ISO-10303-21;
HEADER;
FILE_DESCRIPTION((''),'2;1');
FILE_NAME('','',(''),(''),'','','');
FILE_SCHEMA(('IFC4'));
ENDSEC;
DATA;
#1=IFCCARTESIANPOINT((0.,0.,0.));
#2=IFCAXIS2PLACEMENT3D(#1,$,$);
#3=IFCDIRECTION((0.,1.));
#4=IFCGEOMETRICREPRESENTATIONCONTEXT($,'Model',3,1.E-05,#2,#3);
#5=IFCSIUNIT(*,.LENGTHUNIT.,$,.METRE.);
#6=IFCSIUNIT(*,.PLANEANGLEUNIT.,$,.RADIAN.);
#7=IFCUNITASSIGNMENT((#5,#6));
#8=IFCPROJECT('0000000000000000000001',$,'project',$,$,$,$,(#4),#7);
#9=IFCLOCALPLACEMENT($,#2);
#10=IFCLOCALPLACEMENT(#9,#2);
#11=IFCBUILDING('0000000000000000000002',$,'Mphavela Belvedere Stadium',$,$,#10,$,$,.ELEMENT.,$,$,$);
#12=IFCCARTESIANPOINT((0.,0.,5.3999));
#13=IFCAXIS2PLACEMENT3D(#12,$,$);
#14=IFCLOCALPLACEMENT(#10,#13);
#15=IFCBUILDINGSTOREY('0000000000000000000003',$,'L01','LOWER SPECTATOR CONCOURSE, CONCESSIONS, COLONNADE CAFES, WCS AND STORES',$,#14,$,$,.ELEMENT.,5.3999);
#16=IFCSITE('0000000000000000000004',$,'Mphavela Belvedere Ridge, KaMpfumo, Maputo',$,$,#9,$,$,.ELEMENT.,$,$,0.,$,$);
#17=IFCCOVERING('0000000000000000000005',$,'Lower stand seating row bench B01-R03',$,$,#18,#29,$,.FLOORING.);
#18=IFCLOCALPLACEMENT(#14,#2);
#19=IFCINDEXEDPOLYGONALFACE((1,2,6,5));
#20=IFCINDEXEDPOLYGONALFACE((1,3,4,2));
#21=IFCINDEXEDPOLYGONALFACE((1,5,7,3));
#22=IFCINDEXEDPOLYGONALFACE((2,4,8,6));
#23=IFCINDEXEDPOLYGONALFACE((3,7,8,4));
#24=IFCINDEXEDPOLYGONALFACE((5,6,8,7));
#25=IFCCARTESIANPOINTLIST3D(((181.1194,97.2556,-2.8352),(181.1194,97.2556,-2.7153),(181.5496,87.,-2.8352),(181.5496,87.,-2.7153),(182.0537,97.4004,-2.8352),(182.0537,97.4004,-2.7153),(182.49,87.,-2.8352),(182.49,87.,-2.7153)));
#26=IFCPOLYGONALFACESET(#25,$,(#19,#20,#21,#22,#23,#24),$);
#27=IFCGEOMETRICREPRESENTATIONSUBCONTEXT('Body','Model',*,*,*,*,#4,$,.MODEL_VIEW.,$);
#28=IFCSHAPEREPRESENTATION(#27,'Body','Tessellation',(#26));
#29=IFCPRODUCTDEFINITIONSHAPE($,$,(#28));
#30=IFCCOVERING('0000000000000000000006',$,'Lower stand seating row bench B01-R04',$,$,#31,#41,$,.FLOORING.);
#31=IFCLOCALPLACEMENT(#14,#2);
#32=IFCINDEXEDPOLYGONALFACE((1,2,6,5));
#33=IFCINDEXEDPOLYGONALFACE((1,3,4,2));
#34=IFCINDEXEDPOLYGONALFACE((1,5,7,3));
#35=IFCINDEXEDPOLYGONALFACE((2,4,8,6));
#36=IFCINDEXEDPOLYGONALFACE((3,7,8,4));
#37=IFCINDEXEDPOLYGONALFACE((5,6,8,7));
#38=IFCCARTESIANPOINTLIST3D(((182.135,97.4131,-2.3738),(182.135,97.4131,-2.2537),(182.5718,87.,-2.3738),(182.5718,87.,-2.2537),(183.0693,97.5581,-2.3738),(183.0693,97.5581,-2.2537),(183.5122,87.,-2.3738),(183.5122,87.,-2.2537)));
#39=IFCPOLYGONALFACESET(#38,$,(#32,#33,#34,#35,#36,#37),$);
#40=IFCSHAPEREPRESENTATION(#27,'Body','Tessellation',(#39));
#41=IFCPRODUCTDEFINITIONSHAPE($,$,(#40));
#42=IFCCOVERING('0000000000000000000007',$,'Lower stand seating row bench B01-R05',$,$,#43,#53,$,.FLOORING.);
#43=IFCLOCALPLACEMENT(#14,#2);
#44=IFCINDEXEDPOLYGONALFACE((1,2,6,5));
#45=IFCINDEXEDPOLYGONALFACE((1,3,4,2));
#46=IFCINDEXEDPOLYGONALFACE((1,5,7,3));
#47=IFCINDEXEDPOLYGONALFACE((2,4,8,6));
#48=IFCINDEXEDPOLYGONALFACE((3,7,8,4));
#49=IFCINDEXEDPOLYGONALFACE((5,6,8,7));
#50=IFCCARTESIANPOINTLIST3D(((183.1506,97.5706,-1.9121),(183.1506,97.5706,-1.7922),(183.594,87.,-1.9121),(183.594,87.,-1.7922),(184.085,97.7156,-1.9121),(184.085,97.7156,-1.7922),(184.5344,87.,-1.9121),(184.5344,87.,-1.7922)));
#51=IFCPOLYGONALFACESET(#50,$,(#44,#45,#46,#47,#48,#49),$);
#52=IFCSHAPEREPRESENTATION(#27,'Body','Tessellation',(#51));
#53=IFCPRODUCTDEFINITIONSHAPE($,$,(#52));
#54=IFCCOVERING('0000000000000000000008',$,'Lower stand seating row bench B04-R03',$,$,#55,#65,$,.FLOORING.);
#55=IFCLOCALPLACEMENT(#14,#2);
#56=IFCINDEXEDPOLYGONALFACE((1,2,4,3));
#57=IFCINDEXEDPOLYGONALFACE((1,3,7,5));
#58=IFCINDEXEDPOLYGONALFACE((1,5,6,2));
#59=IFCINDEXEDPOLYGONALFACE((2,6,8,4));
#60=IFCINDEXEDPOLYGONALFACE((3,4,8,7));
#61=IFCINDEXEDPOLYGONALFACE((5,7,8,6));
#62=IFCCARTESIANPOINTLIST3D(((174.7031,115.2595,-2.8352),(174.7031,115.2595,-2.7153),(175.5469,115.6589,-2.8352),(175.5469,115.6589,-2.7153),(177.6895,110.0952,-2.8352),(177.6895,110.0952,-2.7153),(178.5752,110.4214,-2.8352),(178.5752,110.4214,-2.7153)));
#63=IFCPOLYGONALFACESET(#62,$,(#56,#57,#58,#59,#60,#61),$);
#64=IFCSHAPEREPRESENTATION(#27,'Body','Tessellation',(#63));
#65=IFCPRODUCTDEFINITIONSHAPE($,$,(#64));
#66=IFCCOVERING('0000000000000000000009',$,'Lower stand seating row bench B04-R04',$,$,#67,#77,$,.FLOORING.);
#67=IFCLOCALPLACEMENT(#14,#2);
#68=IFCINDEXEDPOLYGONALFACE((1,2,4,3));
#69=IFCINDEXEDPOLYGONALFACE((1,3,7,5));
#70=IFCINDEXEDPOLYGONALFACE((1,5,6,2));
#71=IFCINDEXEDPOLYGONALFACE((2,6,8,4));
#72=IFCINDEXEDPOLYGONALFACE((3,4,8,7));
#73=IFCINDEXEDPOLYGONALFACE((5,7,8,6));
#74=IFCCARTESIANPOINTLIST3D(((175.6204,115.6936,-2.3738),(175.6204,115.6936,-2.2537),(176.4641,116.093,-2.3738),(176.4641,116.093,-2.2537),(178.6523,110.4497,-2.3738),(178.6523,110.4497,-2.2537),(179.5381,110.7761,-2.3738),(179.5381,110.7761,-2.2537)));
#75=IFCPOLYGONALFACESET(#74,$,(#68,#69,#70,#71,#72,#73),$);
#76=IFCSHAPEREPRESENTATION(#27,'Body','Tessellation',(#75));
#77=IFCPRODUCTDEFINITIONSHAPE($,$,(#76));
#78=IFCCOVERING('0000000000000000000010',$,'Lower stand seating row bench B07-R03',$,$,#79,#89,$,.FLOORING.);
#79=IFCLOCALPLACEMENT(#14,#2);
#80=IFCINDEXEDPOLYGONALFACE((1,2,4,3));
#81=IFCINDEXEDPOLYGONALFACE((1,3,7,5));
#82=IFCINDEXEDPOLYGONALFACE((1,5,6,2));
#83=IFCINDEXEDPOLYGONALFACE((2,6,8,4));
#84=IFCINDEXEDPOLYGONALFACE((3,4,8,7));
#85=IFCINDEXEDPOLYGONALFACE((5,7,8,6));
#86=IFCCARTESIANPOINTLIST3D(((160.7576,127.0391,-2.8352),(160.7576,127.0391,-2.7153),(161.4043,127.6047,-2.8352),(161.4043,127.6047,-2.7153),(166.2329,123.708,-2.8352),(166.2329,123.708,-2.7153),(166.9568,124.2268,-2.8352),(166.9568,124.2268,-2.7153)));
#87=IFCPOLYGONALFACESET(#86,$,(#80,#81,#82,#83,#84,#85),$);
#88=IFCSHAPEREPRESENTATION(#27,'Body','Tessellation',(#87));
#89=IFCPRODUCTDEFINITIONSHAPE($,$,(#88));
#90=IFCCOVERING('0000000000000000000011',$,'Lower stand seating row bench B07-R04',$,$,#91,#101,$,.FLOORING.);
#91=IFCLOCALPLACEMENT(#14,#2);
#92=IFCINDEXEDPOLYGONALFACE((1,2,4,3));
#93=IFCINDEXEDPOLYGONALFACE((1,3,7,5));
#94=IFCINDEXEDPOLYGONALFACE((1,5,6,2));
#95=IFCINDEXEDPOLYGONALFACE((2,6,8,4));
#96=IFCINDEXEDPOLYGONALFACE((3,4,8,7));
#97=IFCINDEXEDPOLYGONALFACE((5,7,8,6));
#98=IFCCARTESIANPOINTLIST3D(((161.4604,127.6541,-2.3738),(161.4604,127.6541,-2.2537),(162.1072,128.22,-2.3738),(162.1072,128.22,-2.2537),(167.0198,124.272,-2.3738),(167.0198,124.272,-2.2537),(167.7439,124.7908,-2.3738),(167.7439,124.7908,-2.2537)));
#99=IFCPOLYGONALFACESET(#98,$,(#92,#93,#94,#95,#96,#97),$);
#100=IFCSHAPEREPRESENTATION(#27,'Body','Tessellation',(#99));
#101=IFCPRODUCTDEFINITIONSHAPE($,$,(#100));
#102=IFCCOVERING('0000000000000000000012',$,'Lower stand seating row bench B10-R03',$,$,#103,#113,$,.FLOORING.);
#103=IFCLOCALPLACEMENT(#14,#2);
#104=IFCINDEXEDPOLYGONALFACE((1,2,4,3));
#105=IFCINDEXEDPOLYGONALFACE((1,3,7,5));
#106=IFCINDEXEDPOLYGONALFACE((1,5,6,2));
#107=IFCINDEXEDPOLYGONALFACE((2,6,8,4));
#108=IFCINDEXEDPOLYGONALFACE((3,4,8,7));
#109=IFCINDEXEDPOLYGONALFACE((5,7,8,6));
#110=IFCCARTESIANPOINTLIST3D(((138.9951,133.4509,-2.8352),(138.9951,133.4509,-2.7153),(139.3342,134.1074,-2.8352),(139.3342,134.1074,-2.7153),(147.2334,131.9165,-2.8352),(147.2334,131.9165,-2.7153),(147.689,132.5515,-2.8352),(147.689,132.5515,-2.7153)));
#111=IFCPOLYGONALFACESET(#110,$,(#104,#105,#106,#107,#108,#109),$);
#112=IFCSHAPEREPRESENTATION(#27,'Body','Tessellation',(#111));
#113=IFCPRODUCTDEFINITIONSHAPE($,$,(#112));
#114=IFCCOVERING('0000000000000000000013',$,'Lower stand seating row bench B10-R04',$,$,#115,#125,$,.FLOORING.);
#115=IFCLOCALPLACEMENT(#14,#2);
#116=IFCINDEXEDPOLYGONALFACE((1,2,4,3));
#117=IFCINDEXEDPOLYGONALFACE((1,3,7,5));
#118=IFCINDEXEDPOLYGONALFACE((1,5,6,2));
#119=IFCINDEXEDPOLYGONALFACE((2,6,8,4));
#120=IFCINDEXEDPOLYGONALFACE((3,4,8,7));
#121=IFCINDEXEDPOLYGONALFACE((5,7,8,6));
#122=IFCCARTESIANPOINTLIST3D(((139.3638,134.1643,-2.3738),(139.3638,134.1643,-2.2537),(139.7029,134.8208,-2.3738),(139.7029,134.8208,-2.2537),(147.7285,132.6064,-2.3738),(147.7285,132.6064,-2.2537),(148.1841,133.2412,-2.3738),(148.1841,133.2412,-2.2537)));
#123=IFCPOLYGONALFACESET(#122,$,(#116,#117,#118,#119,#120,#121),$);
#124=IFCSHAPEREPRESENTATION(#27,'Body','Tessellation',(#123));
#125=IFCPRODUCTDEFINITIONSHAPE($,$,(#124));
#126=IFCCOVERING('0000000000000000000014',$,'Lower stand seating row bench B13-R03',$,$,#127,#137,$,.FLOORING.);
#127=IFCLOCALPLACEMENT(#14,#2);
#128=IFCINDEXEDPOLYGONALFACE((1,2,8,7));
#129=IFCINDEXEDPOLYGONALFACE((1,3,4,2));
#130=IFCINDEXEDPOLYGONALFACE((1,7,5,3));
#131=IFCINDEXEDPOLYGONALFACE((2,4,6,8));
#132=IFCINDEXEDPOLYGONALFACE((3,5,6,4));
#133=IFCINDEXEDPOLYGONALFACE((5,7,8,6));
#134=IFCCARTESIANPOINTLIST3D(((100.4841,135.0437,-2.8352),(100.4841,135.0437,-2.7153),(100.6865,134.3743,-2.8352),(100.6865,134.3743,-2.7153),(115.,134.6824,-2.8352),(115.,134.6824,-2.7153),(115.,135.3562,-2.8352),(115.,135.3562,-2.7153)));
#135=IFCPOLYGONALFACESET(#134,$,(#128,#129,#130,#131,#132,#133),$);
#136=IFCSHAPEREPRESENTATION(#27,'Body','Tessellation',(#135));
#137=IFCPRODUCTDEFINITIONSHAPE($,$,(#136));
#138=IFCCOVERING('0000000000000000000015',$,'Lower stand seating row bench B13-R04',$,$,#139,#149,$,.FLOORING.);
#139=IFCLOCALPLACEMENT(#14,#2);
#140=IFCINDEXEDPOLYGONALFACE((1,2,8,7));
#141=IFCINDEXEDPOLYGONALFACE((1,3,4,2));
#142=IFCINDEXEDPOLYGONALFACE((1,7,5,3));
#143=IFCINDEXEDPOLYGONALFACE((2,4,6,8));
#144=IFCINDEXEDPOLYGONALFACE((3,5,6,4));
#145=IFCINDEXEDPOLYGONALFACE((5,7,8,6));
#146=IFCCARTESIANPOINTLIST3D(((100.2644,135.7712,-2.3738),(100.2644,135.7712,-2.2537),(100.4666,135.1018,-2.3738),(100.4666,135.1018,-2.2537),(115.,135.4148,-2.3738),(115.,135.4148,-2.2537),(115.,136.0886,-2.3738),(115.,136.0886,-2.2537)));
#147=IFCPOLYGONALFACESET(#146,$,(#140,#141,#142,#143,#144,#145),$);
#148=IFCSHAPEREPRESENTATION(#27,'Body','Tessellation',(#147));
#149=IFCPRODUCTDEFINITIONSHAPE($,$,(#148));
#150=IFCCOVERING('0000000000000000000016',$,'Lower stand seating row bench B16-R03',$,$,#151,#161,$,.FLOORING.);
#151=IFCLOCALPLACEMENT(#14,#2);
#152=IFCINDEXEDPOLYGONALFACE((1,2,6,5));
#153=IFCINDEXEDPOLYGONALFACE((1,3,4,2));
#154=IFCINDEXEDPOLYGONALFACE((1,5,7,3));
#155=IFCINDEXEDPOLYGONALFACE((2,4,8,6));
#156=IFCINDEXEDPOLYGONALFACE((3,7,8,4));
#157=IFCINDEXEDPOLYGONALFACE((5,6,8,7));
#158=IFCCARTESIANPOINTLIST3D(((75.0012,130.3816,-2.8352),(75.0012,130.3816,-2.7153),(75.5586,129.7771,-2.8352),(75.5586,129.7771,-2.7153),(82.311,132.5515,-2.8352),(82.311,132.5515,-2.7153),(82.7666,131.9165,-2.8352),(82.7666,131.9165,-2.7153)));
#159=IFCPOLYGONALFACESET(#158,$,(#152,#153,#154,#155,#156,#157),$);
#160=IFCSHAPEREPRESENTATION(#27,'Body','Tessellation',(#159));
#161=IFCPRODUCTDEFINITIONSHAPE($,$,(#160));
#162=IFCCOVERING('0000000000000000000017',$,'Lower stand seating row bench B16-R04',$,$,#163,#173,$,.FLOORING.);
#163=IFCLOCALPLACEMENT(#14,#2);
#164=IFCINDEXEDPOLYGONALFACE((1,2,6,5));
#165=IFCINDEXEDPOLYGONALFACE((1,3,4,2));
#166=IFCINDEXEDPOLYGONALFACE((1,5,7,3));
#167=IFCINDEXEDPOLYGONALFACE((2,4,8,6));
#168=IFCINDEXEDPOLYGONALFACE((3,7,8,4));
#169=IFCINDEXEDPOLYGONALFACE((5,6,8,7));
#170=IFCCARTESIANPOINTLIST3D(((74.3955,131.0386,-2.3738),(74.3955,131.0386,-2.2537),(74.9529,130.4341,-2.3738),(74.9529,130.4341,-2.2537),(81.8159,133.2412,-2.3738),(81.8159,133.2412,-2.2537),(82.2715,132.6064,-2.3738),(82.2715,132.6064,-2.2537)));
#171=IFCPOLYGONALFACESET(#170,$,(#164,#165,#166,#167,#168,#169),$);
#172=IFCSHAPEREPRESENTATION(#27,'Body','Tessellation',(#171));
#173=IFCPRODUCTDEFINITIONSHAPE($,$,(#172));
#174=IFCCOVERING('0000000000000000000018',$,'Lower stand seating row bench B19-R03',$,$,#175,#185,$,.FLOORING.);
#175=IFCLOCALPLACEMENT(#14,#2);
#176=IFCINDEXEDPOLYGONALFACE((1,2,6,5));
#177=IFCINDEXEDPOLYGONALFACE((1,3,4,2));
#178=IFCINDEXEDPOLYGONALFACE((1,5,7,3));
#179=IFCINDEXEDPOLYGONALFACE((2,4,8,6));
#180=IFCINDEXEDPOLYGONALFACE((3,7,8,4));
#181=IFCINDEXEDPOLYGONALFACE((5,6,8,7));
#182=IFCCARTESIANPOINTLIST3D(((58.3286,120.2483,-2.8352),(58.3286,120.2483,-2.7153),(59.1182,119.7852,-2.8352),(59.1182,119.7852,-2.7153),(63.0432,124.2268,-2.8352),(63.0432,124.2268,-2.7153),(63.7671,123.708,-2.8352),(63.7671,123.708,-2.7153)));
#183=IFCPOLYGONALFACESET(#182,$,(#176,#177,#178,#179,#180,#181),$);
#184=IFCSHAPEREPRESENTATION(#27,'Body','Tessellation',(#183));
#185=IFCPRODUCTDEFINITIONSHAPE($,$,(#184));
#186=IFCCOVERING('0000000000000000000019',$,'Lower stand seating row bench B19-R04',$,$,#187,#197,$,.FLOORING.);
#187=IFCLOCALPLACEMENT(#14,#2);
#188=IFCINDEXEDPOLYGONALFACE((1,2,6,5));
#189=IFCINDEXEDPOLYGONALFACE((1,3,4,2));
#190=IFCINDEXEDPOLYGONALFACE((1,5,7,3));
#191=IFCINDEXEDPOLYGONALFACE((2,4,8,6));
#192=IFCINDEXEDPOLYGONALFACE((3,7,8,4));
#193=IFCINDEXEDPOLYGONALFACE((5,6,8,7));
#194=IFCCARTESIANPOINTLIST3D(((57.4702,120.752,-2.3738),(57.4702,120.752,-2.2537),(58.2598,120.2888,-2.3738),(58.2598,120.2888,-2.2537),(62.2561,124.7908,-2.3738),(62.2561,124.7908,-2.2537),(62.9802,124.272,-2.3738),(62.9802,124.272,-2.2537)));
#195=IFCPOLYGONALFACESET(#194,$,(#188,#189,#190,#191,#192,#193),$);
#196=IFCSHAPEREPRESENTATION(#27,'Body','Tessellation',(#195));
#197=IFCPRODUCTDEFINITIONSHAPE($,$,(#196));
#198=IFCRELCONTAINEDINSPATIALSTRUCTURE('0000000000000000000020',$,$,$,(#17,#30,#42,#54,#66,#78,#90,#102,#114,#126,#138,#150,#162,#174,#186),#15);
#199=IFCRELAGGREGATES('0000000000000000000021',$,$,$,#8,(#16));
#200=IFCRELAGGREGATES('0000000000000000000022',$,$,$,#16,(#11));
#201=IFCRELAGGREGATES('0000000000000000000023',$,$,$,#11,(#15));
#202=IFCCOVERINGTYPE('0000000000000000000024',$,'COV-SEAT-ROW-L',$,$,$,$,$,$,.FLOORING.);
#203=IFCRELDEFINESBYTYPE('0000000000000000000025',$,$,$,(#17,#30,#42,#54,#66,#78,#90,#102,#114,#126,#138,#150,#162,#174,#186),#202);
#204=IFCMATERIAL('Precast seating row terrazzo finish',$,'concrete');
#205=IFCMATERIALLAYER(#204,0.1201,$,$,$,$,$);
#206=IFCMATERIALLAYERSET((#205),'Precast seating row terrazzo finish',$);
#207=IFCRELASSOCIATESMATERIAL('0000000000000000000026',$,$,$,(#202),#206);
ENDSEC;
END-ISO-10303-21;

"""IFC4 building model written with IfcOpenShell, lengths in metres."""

from ifc_helpers import new_model, si_unit, direction, frame, origin, place, context, subcontext, project, spatial, polyline, outline, extrude, material, layer, layer_set, type_object, element, save


model = new_model("IFC4")

# Units and contexts
model_context = context("Model", 3, precision=1e-05, world=origin(), true_north=direction((0.0, 1.0)))
body_context = subcontext(model_context, "Body", "Model", "MODEL_VIEW")
ifc_project = project(units=[si_unit("LENGTHUNIT", "METRE"), si_unit("PLANEANGLEUNIT", "RADIAN")], contexts=[model_context])

# Site, building, storey
site_placement = place(None, origin())
site = spatial("IfcSite", under=ifc_project, at=site_placement, Name="Mphavela Belvedere Ridge, KaMpfumo, Maputo", CompositionType="ELEMENT", RefElevation=0.0)
building_placement = place(site_placement, origin())
building = spatial("IfcBuilding", under=site, at=building_placement, Name="Mphavela Belvedere Stadium", CompositionType="ELEMENT")
storey_placement = place(building_placement, frame((0.0, 0.0, 5.3999)))
storey = spatial("IfcBuildingStorey", under=building, at=storey_placement, Name="L01", Description="LOWER SPECTATOR CONCOURSE, CONCESSIONS, COLONNADE CAFES, WCS AND STORES", CompositionType="ELEMENT", Elevation=5.3999)

# Coverings
ifc_material = material(Name="Precast seating row terrazzo finish", Category="concrete")
ifc_layer = layer(ifc_material, 0.1201)
ifc_layer_set = layer_set([ifc_layer], Name="Precast seating row terrazzo finish")
covering_type = type_object("IfcCoveringType", Name="COV-SEAT-ROW-L", PredefinedType="FLOORING", material=ifc_layer_set)
covering_1_placement = place(storey_placement, frame((0.0, 0.0, -2.8352)))
element("IfcCovering", 1, at=covering_1_placement, inside=storey, type_object=covering_type, Name="Lower stand seating row bench B01-R03", PredefinedType="FLOORING", context=body_context, shape_type="SweptSolid", body=[
    extrude(outline(polyline([(181.5496, 87.0), (181.1194, 97.2556), (182.0537, 97.4004), (182.49, 87.0), (181.5496, 87.0)])), origin(), (0.0, 0.0, 1.0), 0.1199),
])
covering_2_placement = place(storey_placement, frame((0.0, 0.0, -2.3738)))
element("IfcCovering", 2, at=covering_2_placement, inside=storey, type_object=covering_type, Name="Lower stand seating row bench B01-R04", PredefinedType="FLOORING", context=body_context, shape_type="SweptSolid", body=[
    extrude(outline(polyline([(182.5718, 87.0), (182.135, 97.4131), (183.0693, 97.5581), (183.5122, 87.0), (182.5718, 87.0)])), origin(), (0.0, 0.0, 1.0), 0.1201),
])
covering_3_placement = place(storey_placement, frame((0.0, 0.0, -1.9121)))
element("IfcCovering", 3, at=covering_3_placement, inside=storey, type_object=covering_type, Name="Lower stand seating row bench B01-R05", PredefinedType="FLOORING", context=body_context, shape_type="SweptSolid", body=[
    extrude(outline(polyline([(183.594, 87.0), (183.1506, 97.5706), (184.085, 97.7156), (184.5344, 87.0), (183.594, 87.0)])), origin(), (0.0, 0.0, 1.0), 0.1199),
])
covering_4_placement = place(storey_placement, frame((0.0, 0.0, -2.8352)))
element("IfcCovering", 4, at=covering_4_placement, inside=storey, type_object=covering_type, Name="Lower stand seating row bench B04-R03", PredefinedType="FLOORING", context=body_context, shape_type="SweptSolid", body=[
    extrude(outline(polyline([(177.6895, 110.0952), (174.7031, 115.2595), (175.5469, 115.6589), (178.5752, 110.4214), (177.6895, 110.0952)])), origin(), (0.0, 0.0, 1.0), 0.1199),
])
covering_5_placement = place(storey_placement, frame((0.0, 0.0, -2.3738)))
element("IfcCovering", 5, at=covering_5_placement, inside=storey, type_object=covering_type, Name="Lower stand seating row bench B04-R04", PredefinedType="FLOORING", context=body_context, shape_type="SweptSolid", body=[
    extrude(outline(polyline([(178.6523, 110.4497), (175.6204, 115.6936), (176.4641, 116.093), (179.5381, 110.7761), (178.6523, 110.4497)])), origin(), (0.0, 0.0, 1.0), 0.1201),
])
covering_6_placement = place(storey_placement, frame((0.0, 0.0, -2.8352)))
element("IfcCovering", 6, at=covering_6_placement, inside=storey, type_object=covering_type, Name="Lower stand seating row bench B07-R03", PredefinedType="FLOORING", context=body_context, shape_type="SweptSolid", body=[
    extrude(outline(polyline([(166.2329, 123.708), (160.7576, 127.0391), (161.4043, 127.6047), (166.9568, 124.2268), (166.2329, 123.708)])), origin(), (0.0, 0.0, 1.0), 0.1199),
])
covering_7_placement = place(storey_placement, frame((0.0, 0.0, -2.3738)))
element("IfcCovering", 7, at=covering_7_placement, inside=storey, type_object=covering_type, Name="Lower stand seating row bench B07-R04", PredefinedType="FLOORING", context=body_context, shape_type="SweptSolid", body=[
    extrude(outline(polyline([(167.0198, 124.272), (161.4604, 127.6541), (162.1072, 128.22), (167.7439, 124.7908), (167.0198, 124.272)])), origin(), (0.0, 0.0, 1.0), 0.1201),
])
covering_8_placement = place(storey_placement, frame((0.0, 0.0, -2.8352)))
element("IfcCovering", 8, at=covering_8_placement, inside=storey, type_object=covering_type, Name="Lower stand seating row bench B10-R03", PredefinedType="FLOORING", context=body_context, shape_type="SweptSolid", body=[
    extrude(outline(polyline([(147.2334, 131.9165), (138.9951, 133.4509), (139.3342, 134.1074), (147.689, 132.5515), (147.2334, 131.9165)])), origin(), (0.0, 0.0, 1.0), 0.1199),
])
covering_9_placement = place(storey_placement, frame((0.0, 0.0, -2.3738)))
element("IfcCovering", 9, at=covering_9_placement, inside=storey, type_object=covering_type, Name="Lower stand seating row bench B10-R04", PredefinedType="FLOORING", context=body_context, shape_type="SweptSolid", body=[
    extrude(outline(polyline([(147.7285, 132.6064), (139.3638, 134.1643), (139.7029, 134.8208), (148.1841, 133.2412), (147.7285, 132.6064)])), origin(), (0.0, 0.0, 1.0), 0.1201),
])
covering_10_placement = place(storey_placement, frame((0.0, 0.0, -2.8352)))
element("IfcCovering", 10, at=covering_10_placement, inside=storey, type_object=covering_type, Name="Lower stand seating row bench B13-R03", PredefinedType="FLOORING", context=body_context, shape_type="SweptSolid", body=[
    extrude(outline(polyline([(115.0, 134.6824), (100.6865, 134.3743), (100.4841, 135.0437), (115.0, 135.3562), (115.0, 134.6824)])), origin(), (0.0, 0.0, 1.0), 0.1199),
])
covering_11_placement = place(storey_placement, frame((0.0, 0.0, -2.3738)))
element("IfcCovering", 11, at=covering_11_placement, inside=storey, type_object=covering_type, Name="Lower stand seating row bench B13-R04", PredefinedType="FLOORING", context=body_context, shape_type="SweptSolid", body=[
    extrude(outline(polyline([(115.0, 135.4148), (100.4666, 135.1018), (100.2644, 135.7712), (115.0, 136.0886), (115.0, 135.4148)])), origin(), (0.0, 0.0, 1.0), 0.1201),
])
covering_12_placement = place(storey_placement, frame((0.0, 0.0, -2.8352)))
element("IfcCovering", 12, at=covering_12_placement, inside=storey, type_object=covering_type, Name="Lower stand seating row bench B16-R03", PredefinedType="FLOORING", context=body_context, shape_type="SweptSolid", body=[
    extrude(outline(polyline([(82.7666, 131.9165), (75.5586, 129.7771), (75.0012, 130.3816), (82.311, 132.5515), (82.7666, 131.9165)])), origin(), (0.0, 0.0, 1.0), 0.1199),
])
covering_13_placement = place(storey_placement, frame((0.0, 0.0, -2.3738)))
element("IfcCovering", 13, at=covering_13_placement, inside=storey, type_object=covering_type, Name="Lower stand seating row bench B16-R04", PredefinedType="FLOORING", context=body_context, shape_type="SweptSolid", body=[
    extrude(outline(polyline([(82.2715, 132.6064), (74.9529, 130.4341), (74.3955, 131.0386), (81.8159, 133.2412), (82.2715, 132.6064)])), origin(), (0.0, 0.0, 1.0), 0.1201),
])
covering_14_placement = place(storey_placement, frame((0.0, 0.0, -2.8352)))
element("IfcCovering", 14, at=covering_14_placement, inside=storey, type_object=covering_type, Name="Lower stand seating row bench B19-R03", PredefinedType="FLOORING", context=body_context, shape_type="SweptSolid", body=[
    extrude(outline(polyline([(63.7671, 123.708), (59.1182, 119.7852), (58.3286, 120.2483), (63.0432, 124.2268), (63.7671, 123.708)])), origin(), (0.0, 0.0, 1.0), 0.1199),
])
covering_15_placement = place(storey_placement, frame((0.0, 0.0, -2.3738)))
element("IfcCovering", 15, at=covering_15_placement, inside=storey, type_object=covering_type, Name="Lower stand seating row bench B19-R04", PredefinedType="FLOORING", context=body_context, shape_type="SweptSolid", body=[
    extrude(outline(polyline([(62.9802, 124.272), (58.2598, 120.2888), (57.4702, 120.752), (62.2561, 124.7908), (62.9802, 124.272)])), origin(), (0.0, 0.0, 1.0), 0.1201),
])

save(model, "model.ifc")
